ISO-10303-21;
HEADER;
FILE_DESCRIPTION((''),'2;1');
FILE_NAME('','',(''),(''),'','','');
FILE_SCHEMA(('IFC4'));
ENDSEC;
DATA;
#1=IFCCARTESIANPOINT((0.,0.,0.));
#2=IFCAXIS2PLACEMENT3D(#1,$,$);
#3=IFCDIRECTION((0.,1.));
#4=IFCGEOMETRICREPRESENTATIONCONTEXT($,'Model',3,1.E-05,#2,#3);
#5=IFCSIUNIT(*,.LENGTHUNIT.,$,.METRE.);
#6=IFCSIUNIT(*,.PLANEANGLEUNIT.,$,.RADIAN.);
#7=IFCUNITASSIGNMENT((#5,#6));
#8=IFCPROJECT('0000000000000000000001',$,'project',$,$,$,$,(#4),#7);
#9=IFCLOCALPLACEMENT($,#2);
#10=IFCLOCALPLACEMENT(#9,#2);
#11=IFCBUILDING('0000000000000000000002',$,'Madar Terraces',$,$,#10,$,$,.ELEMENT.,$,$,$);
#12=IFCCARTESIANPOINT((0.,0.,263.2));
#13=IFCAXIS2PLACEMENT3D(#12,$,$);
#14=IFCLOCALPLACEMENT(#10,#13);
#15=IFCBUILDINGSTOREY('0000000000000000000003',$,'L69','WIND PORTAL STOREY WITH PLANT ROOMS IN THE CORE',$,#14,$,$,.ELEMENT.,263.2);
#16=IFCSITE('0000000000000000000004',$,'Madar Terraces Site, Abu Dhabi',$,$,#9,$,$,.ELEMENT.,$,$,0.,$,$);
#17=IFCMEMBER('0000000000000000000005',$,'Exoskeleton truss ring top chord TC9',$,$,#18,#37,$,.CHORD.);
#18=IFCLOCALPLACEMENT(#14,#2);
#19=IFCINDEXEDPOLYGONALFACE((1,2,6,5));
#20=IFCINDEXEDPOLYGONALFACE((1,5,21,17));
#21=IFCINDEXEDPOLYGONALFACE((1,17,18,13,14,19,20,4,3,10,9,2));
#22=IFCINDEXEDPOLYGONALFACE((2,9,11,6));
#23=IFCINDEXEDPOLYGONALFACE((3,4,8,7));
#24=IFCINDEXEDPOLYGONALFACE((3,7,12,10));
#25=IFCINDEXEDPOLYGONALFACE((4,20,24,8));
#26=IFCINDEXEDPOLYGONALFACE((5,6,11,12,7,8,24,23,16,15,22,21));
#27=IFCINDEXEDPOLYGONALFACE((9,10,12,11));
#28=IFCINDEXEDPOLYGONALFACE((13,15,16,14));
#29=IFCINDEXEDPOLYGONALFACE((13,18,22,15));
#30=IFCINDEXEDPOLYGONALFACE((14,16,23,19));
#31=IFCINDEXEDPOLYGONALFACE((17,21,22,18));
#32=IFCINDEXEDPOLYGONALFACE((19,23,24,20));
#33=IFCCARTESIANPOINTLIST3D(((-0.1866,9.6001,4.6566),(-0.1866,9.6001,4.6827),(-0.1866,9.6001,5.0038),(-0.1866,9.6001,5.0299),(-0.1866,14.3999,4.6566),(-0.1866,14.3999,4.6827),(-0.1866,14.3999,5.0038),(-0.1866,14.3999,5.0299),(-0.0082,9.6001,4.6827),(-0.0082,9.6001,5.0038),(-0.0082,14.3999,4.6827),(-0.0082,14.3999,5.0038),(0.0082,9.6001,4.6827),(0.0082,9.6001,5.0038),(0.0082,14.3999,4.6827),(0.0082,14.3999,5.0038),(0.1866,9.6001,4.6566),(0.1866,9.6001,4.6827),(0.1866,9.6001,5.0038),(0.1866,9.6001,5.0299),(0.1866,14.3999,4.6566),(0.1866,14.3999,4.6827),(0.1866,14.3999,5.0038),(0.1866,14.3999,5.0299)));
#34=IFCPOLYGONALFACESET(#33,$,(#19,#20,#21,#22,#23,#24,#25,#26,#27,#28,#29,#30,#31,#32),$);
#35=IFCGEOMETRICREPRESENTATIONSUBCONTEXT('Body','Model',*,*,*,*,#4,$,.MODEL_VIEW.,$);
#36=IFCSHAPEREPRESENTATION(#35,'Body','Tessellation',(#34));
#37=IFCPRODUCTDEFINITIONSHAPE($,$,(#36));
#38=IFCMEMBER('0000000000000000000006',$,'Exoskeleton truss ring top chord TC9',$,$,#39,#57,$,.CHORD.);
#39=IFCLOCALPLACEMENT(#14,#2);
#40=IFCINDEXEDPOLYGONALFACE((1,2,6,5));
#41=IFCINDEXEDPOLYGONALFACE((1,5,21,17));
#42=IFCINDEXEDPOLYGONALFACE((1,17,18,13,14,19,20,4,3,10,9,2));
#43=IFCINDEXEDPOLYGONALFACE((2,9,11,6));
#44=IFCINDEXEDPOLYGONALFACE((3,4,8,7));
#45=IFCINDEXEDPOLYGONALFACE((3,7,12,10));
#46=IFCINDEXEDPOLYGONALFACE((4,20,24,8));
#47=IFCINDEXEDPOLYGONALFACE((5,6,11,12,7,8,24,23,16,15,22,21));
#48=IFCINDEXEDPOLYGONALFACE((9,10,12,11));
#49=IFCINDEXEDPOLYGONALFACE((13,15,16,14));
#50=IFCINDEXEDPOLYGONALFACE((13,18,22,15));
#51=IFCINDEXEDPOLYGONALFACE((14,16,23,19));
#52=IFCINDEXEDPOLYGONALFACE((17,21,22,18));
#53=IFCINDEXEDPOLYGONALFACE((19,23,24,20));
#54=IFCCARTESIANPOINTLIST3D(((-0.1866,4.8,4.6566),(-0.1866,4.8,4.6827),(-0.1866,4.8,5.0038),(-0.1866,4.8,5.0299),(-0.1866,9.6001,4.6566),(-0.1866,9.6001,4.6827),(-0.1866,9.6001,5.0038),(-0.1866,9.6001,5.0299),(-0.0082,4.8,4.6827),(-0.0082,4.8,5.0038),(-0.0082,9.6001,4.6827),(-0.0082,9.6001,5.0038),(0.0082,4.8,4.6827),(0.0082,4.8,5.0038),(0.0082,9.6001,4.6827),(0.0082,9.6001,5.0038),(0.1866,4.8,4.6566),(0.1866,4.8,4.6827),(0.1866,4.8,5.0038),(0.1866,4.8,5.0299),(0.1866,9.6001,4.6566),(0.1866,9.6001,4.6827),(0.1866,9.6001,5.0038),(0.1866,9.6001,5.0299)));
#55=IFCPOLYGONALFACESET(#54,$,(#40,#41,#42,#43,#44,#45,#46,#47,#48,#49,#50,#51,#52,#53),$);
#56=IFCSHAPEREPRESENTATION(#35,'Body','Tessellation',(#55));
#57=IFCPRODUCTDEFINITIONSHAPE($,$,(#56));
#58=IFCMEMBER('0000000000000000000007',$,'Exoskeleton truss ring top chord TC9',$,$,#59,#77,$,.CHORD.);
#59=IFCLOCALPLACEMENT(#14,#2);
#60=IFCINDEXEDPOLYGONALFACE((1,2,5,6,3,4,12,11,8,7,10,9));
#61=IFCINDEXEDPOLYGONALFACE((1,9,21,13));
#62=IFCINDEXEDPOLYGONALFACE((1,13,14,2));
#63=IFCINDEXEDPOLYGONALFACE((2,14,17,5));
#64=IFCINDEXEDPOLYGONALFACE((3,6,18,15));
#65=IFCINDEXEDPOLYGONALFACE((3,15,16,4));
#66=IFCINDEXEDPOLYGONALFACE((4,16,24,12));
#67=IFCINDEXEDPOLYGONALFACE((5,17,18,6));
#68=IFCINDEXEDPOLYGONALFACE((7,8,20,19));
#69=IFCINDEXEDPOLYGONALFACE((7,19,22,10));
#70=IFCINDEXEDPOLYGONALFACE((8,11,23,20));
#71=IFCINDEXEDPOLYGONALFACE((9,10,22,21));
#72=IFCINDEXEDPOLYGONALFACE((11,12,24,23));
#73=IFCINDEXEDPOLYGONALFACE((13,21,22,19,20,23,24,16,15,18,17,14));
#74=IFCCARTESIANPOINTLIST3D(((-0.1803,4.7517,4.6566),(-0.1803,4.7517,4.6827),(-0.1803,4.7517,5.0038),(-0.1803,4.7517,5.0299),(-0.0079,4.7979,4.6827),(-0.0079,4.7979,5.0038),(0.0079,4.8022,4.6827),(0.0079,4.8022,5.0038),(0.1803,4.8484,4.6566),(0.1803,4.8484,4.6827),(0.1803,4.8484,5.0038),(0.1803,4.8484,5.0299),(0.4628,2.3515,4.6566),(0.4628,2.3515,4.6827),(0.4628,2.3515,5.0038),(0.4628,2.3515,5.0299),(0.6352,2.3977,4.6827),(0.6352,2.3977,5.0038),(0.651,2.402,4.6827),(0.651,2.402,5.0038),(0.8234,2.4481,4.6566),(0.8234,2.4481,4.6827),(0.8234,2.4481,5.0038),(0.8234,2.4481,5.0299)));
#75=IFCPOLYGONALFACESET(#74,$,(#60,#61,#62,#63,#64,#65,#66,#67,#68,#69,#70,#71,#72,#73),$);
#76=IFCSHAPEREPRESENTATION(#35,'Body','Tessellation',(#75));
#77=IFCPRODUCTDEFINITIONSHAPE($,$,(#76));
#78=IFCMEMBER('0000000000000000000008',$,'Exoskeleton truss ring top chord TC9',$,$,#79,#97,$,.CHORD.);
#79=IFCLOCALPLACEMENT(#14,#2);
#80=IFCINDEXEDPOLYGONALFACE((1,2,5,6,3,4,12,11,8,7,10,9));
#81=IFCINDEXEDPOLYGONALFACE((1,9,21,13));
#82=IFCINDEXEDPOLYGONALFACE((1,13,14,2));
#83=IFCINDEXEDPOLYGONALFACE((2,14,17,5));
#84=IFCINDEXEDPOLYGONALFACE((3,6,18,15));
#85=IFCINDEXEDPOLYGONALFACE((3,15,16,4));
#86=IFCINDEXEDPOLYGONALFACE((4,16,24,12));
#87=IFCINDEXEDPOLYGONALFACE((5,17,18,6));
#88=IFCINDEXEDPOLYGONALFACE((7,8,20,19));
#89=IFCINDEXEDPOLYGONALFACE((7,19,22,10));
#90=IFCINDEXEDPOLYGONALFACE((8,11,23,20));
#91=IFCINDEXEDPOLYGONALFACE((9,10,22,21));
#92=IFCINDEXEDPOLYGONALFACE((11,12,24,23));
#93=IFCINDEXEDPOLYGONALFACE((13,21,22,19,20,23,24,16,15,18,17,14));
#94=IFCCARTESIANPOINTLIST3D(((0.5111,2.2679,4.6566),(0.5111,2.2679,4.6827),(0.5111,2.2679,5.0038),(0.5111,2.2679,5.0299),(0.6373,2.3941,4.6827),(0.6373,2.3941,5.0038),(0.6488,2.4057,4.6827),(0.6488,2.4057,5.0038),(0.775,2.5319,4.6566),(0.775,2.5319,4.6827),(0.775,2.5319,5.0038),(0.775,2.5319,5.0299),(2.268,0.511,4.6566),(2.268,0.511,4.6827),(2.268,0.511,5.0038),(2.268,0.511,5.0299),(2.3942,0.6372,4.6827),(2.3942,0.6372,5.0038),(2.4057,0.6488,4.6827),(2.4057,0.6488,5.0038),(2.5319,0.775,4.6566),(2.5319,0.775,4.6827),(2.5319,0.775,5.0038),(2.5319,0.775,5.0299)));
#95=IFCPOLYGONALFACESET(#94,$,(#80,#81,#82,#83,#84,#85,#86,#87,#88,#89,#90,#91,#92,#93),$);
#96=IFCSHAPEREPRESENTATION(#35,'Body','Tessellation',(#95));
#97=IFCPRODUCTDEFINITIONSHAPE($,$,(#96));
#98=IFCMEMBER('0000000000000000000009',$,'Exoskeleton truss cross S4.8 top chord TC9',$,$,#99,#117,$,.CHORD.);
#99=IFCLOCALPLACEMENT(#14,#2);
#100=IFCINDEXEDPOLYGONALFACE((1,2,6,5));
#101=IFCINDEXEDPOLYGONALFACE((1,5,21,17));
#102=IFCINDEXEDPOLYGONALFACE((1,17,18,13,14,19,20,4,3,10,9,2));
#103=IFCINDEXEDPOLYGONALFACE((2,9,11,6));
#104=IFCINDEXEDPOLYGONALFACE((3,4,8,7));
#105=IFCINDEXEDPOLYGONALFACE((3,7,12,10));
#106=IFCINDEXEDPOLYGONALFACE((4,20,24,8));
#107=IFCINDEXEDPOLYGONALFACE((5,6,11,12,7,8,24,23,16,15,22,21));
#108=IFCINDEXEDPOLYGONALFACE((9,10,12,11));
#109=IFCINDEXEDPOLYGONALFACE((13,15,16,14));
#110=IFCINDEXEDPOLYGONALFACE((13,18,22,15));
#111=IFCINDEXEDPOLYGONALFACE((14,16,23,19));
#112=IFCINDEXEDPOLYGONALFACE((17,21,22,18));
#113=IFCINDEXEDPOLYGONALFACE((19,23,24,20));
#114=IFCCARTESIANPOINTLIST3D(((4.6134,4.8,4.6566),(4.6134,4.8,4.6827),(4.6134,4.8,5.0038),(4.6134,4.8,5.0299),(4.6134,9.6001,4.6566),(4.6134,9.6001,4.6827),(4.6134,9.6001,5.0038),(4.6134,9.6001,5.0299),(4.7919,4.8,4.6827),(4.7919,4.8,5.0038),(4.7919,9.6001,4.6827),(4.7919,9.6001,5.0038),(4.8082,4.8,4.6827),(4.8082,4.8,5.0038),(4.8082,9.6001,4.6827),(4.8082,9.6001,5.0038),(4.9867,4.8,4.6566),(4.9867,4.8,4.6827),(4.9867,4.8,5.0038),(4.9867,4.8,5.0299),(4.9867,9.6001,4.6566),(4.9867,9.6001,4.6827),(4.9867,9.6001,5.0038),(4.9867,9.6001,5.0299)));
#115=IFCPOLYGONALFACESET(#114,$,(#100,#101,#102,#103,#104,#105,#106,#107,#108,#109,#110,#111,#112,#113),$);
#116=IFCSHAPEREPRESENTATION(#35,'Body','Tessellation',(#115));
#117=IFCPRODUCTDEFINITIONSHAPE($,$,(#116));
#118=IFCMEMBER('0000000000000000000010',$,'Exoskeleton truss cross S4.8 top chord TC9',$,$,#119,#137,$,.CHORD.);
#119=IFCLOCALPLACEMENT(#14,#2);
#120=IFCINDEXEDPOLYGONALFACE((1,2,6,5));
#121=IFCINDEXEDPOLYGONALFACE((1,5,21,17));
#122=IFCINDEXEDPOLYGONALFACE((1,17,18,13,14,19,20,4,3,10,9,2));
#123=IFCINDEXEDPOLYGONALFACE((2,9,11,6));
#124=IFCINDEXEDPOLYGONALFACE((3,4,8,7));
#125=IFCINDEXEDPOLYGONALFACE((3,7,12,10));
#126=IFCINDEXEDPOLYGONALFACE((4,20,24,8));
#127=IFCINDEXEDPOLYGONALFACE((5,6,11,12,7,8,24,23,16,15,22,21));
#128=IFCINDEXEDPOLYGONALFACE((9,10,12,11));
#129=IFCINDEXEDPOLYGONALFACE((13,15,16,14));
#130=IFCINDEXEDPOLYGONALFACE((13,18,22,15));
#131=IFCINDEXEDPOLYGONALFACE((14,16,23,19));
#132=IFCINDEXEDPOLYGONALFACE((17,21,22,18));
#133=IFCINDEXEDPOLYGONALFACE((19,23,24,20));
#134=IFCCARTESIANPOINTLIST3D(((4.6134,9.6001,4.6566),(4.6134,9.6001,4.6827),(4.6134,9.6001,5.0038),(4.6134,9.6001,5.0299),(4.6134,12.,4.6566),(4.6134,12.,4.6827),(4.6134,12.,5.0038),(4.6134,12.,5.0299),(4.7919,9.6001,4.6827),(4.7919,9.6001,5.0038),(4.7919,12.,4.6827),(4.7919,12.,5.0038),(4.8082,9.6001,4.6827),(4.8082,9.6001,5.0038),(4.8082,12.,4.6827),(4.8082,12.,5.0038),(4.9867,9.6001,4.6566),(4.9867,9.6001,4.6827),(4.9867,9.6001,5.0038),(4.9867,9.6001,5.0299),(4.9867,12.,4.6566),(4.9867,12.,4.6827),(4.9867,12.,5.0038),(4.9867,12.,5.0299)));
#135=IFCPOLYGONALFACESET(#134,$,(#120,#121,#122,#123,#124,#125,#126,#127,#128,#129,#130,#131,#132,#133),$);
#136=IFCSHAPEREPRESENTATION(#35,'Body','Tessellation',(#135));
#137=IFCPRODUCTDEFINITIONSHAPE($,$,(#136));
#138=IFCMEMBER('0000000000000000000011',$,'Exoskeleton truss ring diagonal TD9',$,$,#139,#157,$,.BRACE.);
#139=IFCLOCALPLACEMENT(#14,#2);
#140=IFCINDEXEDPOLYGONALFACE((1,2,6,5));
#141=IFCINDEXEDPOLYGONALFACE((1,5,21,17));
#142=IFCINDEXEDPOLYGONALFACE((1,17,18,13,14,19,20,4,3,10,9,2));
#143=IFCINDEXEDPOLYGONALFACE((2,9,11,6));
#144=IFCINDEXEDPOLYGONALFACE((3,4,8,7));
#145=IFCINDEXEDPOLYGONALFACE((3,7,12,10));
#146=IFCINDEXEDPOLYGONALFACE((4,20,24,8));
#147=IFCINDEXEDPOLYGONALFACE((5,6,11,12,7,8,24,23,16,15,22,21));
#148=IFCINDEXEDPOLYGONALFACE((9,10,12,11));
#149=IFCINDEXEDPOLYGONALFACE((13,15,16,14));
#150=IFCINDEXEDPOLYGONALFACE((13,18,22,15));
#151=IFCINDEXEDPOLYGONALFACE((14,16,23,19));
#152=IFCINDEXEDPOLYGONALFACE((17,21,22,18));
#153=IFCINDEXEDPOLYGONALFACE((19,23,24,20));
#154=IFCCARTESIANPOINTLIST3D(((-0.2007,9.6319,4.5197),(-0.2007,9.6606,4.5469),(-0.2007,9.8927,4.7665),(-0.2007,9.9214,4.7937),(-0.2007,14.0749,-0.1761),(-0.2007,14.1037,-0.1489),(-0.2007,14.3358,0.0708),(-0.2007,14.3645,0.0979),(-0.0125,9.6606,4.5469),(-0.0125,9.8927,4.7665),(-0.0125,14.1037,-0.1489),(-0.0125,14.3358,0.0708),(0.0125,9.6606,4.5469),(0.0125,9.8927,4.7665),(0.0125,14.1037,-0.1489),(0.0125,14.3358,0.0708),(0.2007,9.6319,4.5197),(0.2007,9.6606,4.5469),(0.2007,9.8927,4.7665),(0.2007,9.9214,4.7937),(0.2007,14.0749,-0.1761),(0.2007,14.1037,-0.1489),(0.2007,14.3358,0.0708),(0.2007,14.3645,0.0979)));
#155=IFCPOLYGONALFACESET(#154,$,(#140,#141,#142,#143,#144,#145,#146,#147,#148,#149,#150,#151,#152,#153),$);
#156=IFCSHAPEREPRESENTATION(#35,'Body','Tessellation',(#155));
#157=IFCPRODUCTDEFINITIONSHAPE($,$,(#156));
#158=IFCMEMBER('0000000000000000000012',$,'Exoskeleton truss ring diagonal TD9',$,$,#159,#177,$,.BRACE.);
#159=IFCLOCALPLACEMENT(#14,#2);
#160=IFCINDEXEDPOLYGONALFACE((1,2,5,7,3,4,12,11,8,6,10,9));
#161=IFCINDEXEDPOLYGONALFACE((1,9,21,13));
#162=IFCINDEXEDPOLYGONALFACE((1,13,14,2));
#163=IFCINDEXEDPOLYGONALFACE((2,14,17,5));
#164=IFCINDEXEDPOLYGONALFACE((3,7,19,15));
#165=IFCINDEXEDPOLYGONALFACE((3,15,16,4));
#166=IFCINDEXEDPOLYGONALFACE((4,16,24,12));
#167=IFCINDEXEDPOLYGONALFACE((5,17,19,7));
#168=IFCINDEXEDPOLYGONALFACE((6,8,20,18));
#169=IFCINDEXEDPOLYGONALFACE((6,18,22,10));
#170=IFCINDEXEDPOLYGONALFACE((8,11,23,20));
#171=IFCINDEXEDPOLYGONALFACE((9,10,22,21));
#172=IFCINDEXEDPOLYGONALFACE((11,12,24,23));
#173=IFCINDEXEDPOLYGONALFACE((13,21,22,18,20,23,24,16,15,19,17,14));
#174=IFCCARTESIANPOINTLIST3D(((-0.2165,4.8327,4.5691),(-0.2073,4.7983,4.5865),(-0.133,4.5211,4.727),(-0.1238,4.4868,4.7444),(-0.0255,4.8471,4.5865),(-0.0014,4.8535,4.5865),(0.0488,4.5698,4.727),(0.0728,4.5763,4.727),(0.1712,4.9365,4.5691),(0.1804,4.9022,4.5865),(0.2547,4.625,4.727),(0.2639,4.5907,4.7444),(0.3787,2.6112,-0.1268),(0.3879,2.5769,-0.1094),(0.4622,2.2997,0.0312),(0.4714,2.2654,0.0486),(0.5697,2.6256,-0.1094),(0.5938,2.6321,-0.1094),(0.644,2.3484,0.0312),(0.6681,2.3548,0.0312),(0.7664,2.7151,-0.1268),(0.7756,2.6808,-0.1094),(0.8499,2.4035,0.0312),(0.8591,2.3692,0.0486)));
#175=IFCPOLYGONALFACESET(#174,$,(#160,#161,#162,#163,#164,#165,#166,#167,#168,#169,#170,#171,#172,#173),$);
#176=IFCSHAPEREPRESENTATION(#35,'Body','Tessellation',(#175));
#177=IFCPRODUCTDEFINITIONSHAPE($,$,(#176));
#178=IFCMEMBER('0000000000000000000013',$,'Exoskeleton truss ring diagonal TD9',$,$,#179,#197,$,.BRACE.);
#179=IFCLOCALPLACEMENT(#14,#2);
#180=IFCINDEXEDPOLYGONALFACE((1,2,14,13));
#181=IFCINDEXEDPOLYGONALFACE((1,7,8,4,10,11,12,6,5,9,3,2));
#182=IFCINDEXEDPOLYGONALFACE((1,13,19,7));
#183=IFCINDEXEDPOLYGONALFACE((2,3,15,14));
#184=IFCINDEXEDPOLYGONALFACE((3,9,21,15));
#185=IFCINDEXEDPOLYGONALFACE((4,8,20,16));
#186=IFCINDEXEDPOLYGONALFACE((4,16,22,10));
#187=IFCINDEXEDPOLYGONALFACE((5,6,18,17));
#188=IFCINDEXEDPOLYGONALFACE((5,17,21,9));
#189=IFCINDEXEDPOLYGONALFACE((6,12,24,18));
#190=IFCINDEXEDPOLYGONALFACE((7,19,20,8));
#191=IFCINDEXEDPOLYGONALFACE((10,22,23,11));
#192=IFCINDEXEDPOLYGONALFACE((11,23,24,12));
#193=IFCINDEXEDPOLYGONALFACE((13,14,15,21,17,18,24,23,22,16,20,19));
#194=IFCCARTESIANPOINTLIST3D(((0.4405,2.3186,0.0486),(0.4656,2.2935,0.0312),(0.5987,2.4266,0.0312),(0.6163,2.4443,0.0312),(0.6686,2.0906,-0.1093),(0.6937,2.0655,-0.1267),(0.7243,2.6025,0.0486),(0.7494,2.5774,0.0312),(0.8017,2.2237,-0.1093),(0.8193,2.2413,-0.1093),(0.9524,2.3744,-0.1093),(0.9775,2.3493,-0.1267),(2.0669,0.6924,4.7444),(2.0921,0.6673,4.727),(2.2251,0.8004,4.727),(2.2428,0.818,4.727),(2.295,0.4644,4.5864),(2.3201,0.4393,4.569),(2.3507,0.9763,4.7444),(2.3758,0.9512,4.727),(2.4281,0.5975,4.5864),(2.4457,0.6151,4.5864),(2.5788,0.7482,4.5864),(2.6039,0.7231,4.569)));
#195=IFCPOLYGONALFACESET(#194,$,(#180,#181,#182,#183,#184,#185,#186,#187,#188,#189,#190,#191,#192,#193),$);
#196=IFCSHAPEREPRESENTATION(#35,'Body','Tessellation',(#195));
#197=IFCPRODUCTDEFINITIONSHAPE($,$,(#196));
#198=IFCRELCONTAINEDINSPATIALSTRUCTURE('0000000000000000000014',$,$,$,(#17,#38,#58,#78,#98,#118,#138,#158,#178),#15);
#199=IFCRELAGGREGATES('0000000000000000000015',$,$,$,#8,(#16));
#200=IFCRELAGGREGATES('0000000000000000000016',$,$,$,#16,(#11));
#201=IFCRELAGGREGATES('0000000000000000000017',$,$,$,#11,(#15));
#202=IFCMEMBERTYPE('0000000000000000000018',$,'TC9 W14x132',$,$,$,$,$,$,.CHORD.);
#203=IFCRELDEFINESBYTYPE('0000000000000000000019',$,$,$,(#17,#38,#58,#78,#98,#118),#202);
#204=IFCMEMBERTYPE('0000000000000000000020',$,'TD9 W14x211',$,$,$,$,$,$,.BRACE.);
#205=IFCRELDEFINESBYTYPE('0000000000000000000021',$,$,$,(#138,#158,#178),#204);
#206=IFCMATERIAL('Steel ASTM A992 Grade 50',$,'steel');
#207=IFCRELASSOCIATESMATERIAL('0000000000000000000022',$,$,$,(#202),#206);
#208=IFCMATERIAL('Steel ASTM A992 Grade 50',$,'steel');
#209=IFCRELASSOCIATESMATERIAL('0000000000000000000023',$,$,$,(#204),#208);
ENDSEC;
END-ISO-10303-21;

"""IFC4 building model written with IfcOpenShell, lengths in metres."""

from ifc_helpers import new_model, si_unit, direction, frame, origin, origin_2d, place, context, subcontext, project, spatial, i_section, extrude, material, material_profile, profile_set, type_object, element, save


model = new_model("IFC4")

# Units and contexts
model_context = context("Model", 3, precision=1e-05, world=origin(), true_north=direction((0.0, 1.0)))
body_context = subcontext(model_context, "Body", "Model", "MODEL_VIEW")
ifc_project = project(units=[si_unit("LENGTHUNIT", "METRE"), si_unit("PLANEANGLEUNIT", "RADIAN")], contexts=[model_context])

# Site, building, storey
site_placement = place(None, origin())
site = spatial("IfcSite", under=ifc_project, at=site_placement, Name="Madar Terraces Site, Abu Dhabi", CompositionType="ELEMENT", RefElevation=0.0)
building_placement = place(site_placement, origin())
building = spatial("IfcBuilding", under=site, at=building_placement, Name="Madar Terraces", CompositionType="ELEMENT")
storey_placement = place(building_placement, frame((0.0, 0.0, 263.2)))
storey = spatial("IfcBuildingStorey", under=building, at=storey_placement, Name="L69", Description="WIND PORTAL STOREY WITH PLANT ROOMS IN THE CORE", CompositionType="ELEMENT", Elevation=263.2)

# Members
ifc_material_1 = material(Name="Steel ASTM A992 Grade 50", Category="steel")
ifc_material_profile_1 = material_profile(ifc_material_1, i_section(OverallWidth=0.3733, OverallDepth=0.3733, WebThickness=0.0164, FlangeThickness=0.0261, at=origin_2d()), Name="W14x132")
ifc_profile_set_1 = profile_set([ifc_material_profile_1], Name="Steel ASTM A992 Grade 50")
member_type_1 = type_object("IfcMemberType", Name="TC9 W14x132", PredefinedType="CHORD", material=ifc_profile_set_1)
member_1_placement = place(storey_placement, frame((0.0, 14.3999, 4.8433), z_axis=(0.0, -1.0, 0.0), x_axis=(1.0, 0.0, 0.0)))
element("IfcMember", 1, at=member_1_placement, inside=storey, type_object=member_type_1, Name="Exoskeleton truss ring top chord TC9", PredefinedType="CHORD", context=body_context, shape_type="SweptSolid", body=[
    extrude(i_section(OverallWidth=0.3733, OverallDepth=0.3733, WebThickness=0.0164, FlangeThickness=0.0261, at=origin_2d()), origin(), (0.0, 0.0, 1.0), 4.7998),
])
member_2_placement = place(storey_placement, frame((0.0, 9.6001, 4.8433), z_axis=(0.0, -1.0, 0.0), x_axis=(1.0, 0.0, 0.0)))
element("IfcMember", 2, at=member_2_placement, inside=storey, type_object=member_type_1, Name="Exoskeleton truss ring top chord TC9", PredefinedType="CHORD", context=body_context, shape_type="SweptSolid", body=[
    extrude(i_section(OverallWidth=0.3733, OverallDepth=0.3733, WebThickness=0.0164, FlangeThickness=0.0261, at=origin_2d()), origin(), (0.0, 0.0, 1.0), 4.8),
])
member_3_placement = place(storey_placement, frame((0.0, 4.8, 4.8433), z_axis=(0.2588, -0.965931, 0.0), x_axis=(0.965931, 0.2588, 0.0)))
element("IfcMember", 3, at=member_3_placement, inside=storey, type_object=member_type_1, Name="Exoskeleton truss ring top chord TC9", PredefinedType="CHORD", context=body_context, shape_type="SweptSolid", body=[
    extrude(i_section(OverallWidth=0.3733, OverallDepth=0.3733, WebThickness=0.0164, FlangeThickness=0.0261, at=origin_2d()), origin(), (0.0, 0.0, 1.0), 2.4849),
])
member_4_placement = place(storey_placement, frame((0.6431, 2.3999, 4.8433), z_axis=(0.707107, -0.707107, 0.0), x_axis=(0.707107, 0.707107, 0.0)))
element("IfcMember", 4, at=member_4_placement, inside=storey, type_object=member_type_1, Name="Exoskeleton truss ring top chord TC9", PredefinedType="CHORD", context=body_context, shape_type="SweptSolid", body=[
    extrude(i_section(OverallWidth=0.3733, OverallDepth=0.3733, WebThickness=0.0164, FlangeThickness=0.0261, at=origin_2d()), origin(), (0.0, 0.0, 1.0), 2.4846),
])
member_5_placement = place(storey_placement, frame((4.8, 4.8, 4.8433), z_axis=(0.0, 1.0, 0.0), x_axis=(-1.0, 0.0, 0.0)))
element("IfcMember", 5, at=member_5_placement, inside=storey, type_object=member_type_1, Name="Exoskeleton truss cross S4.8 top chord TC9", PredefinedType="CHORD", context=body_context, shape_type="SweptSolid", body=[
    extrude(i_section(OverallWidth=0.3733, OverallDepth=0.3733, WebThickness=0.0164, FlangeThickness=0.0261, at=origin_2d()), origin(), (0.0, 0.0, 1.0), 4.8),
])
member_6_placement = place(storey_placement, frame((4.8, 9.6001, 4.8433), z_axis=(0.0, 1.0, 0.0), x_axis=(-1.0, 0.0, 0.0)))
element("IfcMember", 6, at=member_6_placement, inside=storey, type_object=member_type_1, Name="Exoskeleton truss cross S4.8 top chord TC9", PredefinedType="CHORD", context=body_context, shape_type="SweptSolid", body=[
    extrude(i_section(OverallWidth=0.3733, OverallDepth=0.3733, WebThickness=0.0164, FlangeThickness=0.0261, at=origin_2d()), origin(), (0.0, 0.0, 1.0), 2.3999),
])
ifc_material_2 = material(Name="Steel ASTM A992 Grade 50", Category="steel")
ifc_material_profile_2 = material_profile(ifc_material_2, i_section(OverallWidth=0.4014, OverallDepth=0.3987, WebThickness=0.0249, FlangeThickness=0.0396, at=origin_2d()), Name="W14x211")
ifc_profile_set_2 = profile_set([ifc_material_profile_2], Name="Steel ASTM A992 Grade 50")
member_type_2 = type_object("IfcMemberType", Name="TD9 W14x211", PredefinedType="BRACE", material=ifc_profile_set_2)
member_7_placement = place(storey_placement, frame((0.0, 14.2197, -0.0391), z_axis=(0.0, -0.687293, 0.72638), x_axis=(1.0, 0.0, 0.0)))
element("IfcMember", 7, at=member_7_placement, inside=storey, type_object=member_type_2, Name="Exoskeleton truss ring diagonal TD9", PredefinedType="BRACE", context=body_context, shape_type="SweptSolid", body=[
    extrude(i_section(OverallWidth=0.4014, OverallDepth=0.3987, WebThickness=0.0249, FlangeThickness=0.0396, at=origin_2d()), origin(), (0.0, 0.0, 1.0), 6.4646),
])
for number, where, z_axis, x_axis, name in (
    (8, (0.0237, 4.7117, 4.6567), (0.113835, -0.424852, -0.898077), (0.965928, 0.258812, 0.0), "Exoskeleton truss ring diagonal TD9"),
    (9, (0.709, 2.334, -0.0391), (0.311058, -0.311011, 0.898062), (0.707054, 0.70716, 0.0), "Exoskeleton truss ring diagonal TD9"),
):
    element("IfcMember", number, at=place(storey_placement, frame(where, z_axis=z_axis, x_axis=x_axis)), inside=storey, type_object=member_type_2, Name=name, PredefinedType="BRACE", context=body_context, shape_type="SweptSolid", body=[
        extrude(i_section(OverallWidth=0.4014, OverallDepth=0.3987, WebThickness=0.0249, FlangeThickness=0.0396, at=origin_2d()), origin(), (0.0, 0.0, 1.0), 5.2288),
    ])

save(model, "model.ifc")
